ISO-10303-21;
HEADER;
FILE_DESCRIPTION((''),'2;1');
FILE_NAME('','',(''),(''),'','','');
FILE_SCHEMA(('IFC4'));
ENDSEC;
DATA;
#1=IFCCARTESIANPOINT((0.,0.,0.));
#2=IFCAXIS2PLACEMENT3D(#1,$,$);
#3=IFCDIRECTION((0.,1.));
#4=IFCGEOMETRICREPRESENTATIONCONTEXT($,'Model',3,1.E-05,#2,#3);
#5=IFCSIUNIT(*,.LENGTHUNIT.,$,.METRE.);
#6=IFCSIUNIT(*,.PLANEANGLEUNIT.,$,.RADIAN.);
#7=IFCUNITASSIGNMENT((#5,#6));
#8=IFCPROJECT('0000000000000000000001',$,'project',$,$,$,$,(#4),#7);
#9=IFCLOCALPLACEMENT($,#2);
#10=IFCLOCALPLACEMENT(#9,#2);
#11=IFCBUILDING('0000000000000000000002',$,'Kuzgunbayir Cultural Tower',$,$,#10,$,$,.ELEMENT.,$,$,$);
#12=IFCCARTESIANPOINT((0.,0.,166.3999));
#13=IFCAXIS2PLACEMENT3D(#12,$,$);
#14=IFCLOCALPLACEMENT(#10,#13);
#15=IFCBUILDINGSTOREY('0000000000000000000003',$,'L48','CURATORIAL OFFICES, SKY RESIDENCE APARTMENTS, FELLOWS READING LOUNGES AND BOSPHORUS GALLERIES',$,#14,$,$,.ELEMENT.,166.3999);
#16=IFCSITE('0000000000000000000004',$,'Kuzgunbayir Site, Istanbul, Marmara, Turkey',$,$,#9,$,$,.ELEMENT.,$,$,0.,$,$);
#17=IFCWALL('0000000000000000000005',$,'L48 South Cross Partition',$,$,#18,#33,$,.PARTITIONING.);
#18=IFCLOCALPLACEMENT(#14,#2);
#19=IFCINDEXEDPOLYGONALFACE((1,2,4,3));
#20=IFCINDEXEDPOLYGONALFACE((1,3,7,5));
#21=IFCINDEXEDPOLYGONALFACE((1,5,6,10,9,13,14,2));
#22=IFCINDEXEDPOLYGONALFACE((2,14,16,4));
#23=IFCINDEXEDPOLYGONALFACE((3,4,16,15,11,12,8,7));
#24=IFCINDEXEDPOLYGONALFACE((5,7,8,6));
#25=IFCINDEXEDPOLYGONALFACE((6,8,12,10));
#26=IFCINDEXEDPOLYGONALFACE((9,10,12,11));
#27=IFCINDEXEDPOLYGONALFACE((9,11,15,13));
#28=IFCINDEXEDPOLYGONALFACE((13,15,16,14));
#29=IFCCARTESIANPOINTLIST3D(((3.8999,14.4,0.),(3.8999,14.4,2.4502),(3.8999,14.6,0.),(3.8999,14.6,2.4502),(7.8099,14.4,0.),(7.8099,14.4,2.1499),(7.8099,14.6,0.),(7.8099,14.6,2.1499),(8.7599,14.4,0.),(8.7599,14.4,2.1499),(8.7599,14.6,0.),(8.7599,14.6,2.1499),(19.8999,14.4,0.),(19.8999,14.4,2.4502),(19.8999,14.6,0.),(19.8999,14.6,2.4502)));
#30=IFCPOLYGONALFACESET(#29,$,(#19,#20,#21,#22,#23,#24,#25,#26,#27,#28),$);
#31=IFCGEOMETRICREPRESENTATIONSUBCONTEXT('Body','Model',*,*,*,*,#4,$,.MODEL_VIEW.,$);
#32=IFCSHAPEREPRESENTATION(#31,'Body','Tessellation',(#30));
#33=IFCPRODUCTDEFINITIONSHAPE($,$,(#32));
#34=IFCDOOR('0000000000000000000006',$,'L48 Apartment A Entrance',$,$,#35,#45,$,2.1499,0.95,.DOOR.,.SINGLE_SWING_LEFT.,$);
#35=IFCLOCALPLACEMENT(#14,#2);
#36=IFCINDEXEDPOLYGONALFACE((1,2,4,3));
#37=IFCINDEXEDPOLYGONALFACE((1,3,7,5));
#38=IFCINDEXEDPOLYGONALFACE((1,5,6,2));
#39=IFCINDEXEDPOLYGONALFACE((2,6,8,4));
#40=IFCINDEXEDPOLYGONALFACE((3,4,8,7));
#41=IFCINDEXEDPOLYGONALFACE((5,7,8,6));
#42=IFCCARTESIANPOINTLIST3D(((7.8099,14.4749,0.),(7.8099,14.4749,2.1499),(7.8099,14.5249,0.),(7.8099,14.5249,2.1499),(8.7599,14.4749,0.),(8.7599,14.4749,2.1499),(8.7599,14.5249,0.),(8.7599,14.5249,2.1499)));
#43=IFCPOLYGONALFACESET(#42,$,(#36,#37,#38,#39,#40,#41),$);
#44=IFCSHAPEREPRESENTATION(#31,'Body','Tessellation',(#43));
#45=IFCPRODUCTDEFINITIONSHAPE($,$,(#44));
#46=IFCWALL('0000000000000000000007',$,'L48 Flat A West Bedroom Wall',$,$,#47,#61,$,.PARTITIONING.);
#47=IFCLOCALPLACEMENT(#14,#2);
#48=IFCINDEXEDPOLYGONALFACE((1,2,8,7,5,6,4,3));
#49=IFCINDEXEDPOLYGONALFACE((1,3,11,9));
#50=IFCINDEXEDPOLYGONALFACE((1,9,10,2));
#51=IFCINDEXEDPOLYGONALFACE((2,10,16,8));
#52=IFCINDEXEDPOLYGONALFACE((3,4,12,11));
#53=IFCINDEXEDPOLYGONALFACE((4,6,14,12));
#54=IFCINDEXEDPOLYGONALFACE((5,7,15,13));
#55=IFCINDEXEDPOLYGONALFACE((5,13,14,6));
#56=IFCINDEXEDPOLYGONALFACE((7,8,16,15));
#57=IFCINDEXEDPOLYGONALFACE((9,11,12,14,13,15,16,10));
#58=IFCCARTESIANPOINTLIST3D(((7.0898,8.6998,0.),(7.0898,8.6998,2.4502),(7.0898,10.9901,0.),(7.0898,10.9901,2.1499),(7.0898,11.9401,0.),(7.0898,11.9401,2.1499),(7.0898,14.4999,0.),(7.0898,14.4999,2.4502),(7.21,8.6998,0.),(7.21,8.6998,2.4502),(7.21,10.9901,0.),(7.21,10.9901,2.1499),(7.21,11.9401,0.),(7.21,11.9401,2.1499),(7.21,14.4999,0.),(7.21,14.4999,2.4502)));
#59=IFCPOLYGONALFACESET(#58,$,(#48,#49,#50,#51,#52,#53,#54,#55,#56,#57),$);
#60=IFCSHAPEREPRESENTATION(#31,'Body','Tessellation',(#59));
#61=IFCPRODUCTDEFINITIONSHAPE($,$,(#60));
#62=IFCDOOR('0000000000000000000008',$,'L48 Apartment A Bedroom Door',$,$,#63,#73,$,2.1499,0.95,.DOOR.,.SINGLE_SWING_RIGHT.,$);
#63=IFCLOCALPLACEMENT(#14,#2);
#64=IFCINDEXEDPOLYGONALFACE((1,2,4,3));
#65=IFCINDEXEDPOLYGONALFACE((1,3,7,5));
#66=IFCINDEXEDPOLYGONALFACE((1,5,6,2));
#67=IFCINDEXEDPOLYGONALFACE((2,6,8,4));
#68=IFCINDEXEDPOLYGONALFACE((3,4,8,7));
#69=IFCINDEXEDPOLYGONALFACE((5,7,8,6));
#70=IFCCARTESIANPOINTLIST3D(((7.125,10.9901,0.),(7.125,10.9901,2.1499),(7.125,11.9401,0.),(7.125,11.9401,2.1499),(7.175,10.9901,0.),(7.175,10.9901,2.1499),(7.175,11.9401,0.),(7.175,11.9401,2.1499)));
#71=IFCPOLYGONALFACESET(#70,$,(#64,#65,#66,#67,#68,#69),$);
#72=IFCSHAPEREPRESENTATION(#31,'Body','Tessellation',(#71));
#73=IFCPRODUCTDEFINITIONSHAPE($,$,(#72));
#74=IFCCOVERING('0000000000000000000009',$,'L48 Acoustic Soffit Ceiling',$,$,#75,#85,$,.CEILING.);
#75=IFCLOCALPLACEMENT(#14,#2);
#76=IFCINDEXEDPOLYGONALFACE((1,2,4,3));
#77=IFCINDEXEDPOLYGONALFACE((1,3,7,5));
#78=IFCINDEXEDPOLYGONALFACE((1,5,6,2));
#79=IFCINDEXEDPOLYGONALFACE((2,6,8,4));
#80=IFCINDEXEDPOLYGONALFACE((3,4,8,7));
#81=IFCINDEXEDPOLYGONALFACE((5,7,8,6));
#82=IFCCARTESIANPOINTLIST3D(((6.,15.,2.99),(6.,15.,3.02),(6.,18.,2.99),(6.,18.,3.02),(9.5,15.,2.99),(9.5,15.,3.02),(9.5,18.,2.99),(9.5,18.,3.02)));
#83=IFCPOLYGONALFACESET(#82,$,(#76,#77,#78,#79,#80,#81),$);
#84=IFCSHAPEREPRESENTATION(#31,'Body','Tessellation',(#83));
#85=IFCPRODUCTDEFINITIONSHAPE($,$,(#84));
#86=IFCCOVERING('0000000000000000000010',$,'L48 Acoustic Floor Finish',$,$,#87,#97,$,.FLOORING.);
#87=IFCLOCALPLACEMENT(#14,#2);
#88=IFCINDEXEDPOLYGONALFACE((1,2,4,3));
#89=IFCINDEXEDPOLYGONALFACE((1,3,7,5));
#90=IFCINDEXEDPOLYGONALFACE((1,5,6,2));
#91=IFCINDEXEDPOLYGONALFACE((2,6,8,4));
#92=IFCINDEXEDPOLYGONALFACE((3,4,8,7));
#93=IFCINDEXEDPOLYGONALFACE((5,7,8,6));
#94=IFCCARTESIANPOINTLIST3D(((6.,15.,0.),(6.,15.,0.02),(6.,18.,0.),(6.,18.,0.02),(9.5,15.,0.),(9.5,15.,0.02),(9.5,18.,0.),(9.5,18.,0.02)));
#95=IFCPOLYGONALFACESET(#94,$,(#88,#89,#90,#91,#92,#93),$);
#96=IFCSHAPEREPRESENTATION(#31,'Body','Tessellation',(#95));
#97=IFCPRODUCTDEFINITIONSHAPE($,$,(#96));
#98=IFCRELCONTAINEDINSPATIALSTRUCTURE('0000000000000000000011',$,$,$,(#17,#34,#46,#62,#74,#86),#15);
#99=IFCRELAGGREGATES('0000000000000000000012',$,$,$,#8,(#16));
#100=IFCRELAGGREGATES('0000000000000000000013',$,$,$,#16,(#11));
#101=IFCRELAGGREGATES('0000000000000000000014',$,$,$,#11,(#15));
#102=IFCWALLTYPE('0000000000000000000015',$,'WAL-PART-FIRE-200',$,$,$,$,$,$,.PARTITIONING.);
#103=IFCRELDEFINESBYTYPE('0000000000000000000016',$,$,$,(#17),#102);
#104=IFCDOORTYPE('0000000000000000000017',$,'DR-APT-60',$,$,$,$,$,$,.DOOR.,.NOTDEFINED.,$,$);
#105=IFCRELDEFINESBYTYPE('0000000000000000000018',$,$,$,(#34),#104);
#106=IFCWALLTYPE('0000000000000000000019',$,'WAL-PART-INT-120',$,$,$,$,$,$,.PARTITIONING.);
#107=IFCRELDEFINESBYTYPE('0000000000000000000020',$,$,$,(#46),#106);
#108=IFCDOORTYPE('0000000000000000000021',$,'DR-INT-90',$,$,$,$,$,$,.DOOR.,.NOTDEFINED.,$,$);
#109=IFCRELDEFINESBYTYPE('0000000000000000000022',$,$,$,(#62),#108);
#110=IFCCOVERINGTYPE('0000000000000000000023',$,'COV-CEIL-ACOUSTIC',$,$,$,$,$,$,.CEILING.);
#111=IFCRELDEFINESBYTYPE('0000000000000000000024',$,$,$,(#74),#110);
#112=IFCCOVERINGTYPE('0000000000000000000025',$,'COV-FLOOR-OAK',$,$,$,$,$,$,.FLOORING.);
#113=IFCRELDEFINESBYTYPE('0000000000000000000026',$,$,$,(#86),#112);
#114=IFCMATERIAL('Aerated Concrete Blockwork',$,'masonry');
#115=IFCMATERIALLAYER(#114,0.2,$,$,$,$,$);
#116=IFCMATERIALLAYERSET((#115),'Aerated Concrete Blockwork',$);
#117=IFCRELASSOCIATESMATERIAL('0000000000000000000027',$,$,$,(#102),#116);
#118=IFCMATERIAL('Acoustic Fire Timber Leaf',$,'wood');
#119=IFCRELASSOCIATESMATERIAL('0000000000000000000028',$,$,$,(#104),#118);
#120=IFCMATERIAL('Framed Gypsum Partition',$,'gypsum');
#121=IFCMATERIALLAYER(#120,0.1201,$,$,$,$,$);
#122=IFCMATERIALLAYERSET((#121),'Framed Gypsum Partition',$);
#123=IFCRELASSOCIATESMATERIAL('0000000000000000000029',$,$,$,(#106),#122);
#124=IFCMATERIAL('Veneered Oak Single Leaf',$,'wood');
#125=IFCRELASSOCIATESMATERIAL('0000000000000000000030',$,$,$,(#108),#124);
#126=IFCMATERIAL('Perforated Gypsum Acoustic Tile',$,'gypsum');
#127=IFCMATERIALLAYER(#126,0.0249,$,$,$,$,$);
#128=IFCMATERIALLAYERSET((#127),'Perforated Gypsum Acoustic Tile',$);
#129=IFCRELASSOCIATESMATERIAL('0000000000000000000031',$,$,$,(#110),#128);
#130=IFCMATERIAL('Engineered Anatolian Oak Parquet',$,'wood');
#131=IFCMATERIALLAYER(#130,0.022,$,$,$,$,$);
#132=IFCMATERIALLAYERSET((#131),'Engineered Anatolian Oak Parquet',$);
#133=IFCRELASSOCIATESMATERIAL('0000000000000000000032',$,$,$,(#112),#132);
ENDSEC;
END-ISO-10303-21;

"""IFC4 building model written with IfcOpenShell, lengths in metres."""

from ifc_helpers import new_model, si_unit, direction, frame, frame_2d, origin, place, context, subcontext, project, spatial, polyline, rectangle, outline, extrude, material, layer, layer_set, type_object, element, fill, save


model = new_model("IFC4")

# Units and contexts
model_context = context("Model", 3, precision=1e-05, world=origin(), true_north=direction((0.0, 1.0)))
body_context = subcontext(model_context, "Body", "Model", "MODEL_VIEW")
ifc_project = project(units=[si_unit("LENGTHUNIT", "METRE"), si_unit("PLANEANGLEUNIT", "RADIAN")], contexts=[model_context])

# Site, building, storey
site_placement = place(None, origin())
site = spatial("IfcSite", under=ifc_project, at=site_placement, Name="Kuzgunbayir Site, Istanbul, Marmara, Turkey", CompositionType="ELEMENT", RefElevation=0.0)
building_placement = place(site_placement, origin())
building = spatial("IfcBuilding", under=site, at=building_placement, Name="Kuzgunbayir Cultural Tower", CompositionType="ELEMENT")
storey_placement = place(building_placement, frame((0.0, 0.0, 166.3999)))
storey = spatial("IfcBuildingStorey", under=building, at=storey_placement, Name="L48", Description="CURATORIAL OFFICES, SKY RESIDENCE APARTMENTS, FELLOWS READING LOUNGES AND BOSPHORUS GALLERIES", CompositionType="ELEMENT", Elevation=166.3999)

# Walls, openings, doors
ifc_material_1 = material(Name="Aerated Concrete Blockwork", Category="masonry")
ifc_layer_1 = layer(ifc_material_1, 0.2)
ifc_layer_set_1 = layer_set([ifc_layer_1], Name="Aerated Concrete Blockwork")
wall_type_1 = type_object("IfcWallType", Name="WAL-PART-FIRE-200", PredefinedType="PARTITIONING", material=ifc_layer_set_1)
wall_1_placement = place(storey_placement, frame((3.8999, 14.5, 0.0), z_axis=(0.0, 0.0, 1.0), x_axis=(1.0, 0.0, 0.0)))
wall_1 = element("IfcWall", 1, at=wall_1_placement, inside=storey, type_object=wall_type_1, Name="L48 South Cross Partition", PredefinedType="PARTITIONING", context=body_context, shape_type="SweptSolid", body=[
    extrude(rectangle(XDim=16.0, YDim=0.2, at=frame_2d((8.0, 0.0))), origin(), (0.0, 0.0, 1.0), 2.4502),
])
opening_1_placement = place(wall_1_placement, frame((3.9099, 0.0, 0.0)))
opening_1 = element("IfcOpeningElement", 2, at=opening_1_placement, cuts=wall_1, PredefinedType="OPENING", context=body_context, shape_type="SweptSolid", body=[
    extrude(rectangle(XDim=0.95, YDim=2.1499, at=frame_2d((0.4751, 1.075))), frame((0.0, 0.1099, 0.0), z_axis=(0.0, -1.0, 0.0), x_axis=(1.0, 0.0, 0.0)), (0.0, 0.0, 1.0), 0.22),
])
ifc_material_2 = material(Name="Acoustic Fire Timber Leaf", Category="wood")
door_type_1 = type_object("IfcDoorType", Name="DR-APT-60", OperationType="NOTDEFINED", PredefinedType="DOOR", material=ifc_material_2)
door_1_placement = place(opening_1_placement, origin())
door_1 = element("IfcDoor", 3, at=door_1_placement, inside=storey, type_object=door_type_1, Name="L48 Apartment A Entrance", OperationType="SINGLE_SWING_LEFT", OverallHeight=2.1499, OverallWidth=0.95, PredefinedType="DOOR", context=body_context, shape_type="SweptSolid", body=[
    extrude(rectangle(XDim=0.95, YDim=2.1499, at=frame_2d((0.4751, 1.075))), frame((0.0, 0.0249, 0.0), z_axis=(0.0, -1.0, 0.0), x_axis=(1.0, 0.0, 0.0)), (0.0, 0.0, 1.0), 0.05),
])
fill(opening_1, door_1)
ifc_material_3 = material(Name="Framed Gypsum Partition", Category="gypsum")
ifc_layer_2 = layer(ifc_material_3, 0.1201)
ifc_layer_set_2 = layer_set([ifc_layer_2], Name="Framed Gypsum Partition")
wall_type_2 = type_object("IfcWallType", Name="WAL-PART-INT-120", PredefinedType="PARTITIONING", material=ifc_layer_set_2)
wall_2_placement = place(storey_placement, frame((7.1499, 8.7, 0.0), z_axis=(0.0, 0.0, 1.0), x_axis=(0.0, 1.0, 0.0)))
wall_2 = element("IfcWall", 4, at=wall_2_placement, inside=storey, type_object=wall_type_2, Name="L48 Flat A West Bedroom Wall", PredefinedType="PARTITIONING", context=body_context, shape_type="SweptSolid", body=[
    extrude(rectangle(XDim=5.8, YDim=0.1201, at=frame_2d((2.8999, 0.0))), origin(), (0.0, 0.0, 1.0), 2.4502),
])
opening_2_placement = place(wall_2_placement, frame((2.29, 0.0, 0.0)))
opening_2 = element("IfcOpeningElement", 5, at=opening_2_placement, cuts=wall_2, PredefinedType="OPENING", context=body_context, shape_type="SweptSolid", body=[
    extrude(rectangle(XDim=0.95, YDim=2.1499, at=frame_2d((0.4751, 1.075))), frame((0.0, 0.0701, 0.0), z_axis=(0.0, -1.0, 0.0), x_axis=(1.0, 0.0, 0.0)), (0.0, 0.0, 1.0), 0.1401),
])
ifc_material_4 = material(Name="Veneered Oak Single Leaf", Category="wood")
door_type_2 = type_object("IfcDoorType", Name="DR-INT-90", OperationType="NOTDEFINED", PredefinedType="DOOR", material=ifc_material_4)
door_2_placement = place(opening_2_placement, origin())
door_2 = element("IfcDoor", 6, at=door_2_placement, inside=storey, type_object=door_type_2, Name="L48 Apartment A Bedroom Door", OperationType="SINGLE_SWING_RIGHT", OverallHeight=2.1499, OverallWidth=0.95, PredefinedType="DOOR", context=body_context, shape_type="SweptSolid", body=[
    extrude(rectangle(XDim=0.95, YDim=2.1499, at=frame_2d((0.4751, 1.075))), frame((0.0, 0.0249, 0.0), z_axis=(0.0, -1.0, 0.0), x_axis=(1.0, 0.0, 0.0)), (0.0, 0.0, 1.0), 0.05),
])
fill(opening_2, door_2)

# Coverings
ifc_material_5 = material(Name="Perforated Gypsum Acoustic Tile", Category="gypsum")
ifc_layer_3 = layer(ifc_material_5, 0.0249)
ifc_layer_set_3 = layer_set([ifc_layer_3], Name="Perforated Gypsum Acoustic Tile")
covering_type_1 = type_object("IfcCoveringType", Name="COV-CEIL-ACOUSTIC", PredefinedType="CEILING", material=ifc_layer_set_3)
covering_1_placement = place(storey_placement, frame((0.0, 0.0, 2.99)))
element("IfcCovering", 7, at=covering_1_placement, inside=storey, type_object=covering_type_1, Name="L48 Acoustic Soffit Ceiling", PredefinedType="CEILING", context=body_context, shape_type="SweptSolid", body=[
    extrude(outline(polyline([(6.0, 15.0), (9.5, 15.0), (9.5, 18.0), (6.0, 18.0), (6.0, 15.0)])), origin(), (0.0, 0.0, 1.0), 0.03),
])
ifc_material_6 = material(Name="Engineered Anatolian Oak Parquet", Category="wood")
ifc_layer_4 = layer(ifc_material_6, 0.022)
ifc_layer_set_4 = layer_set([ifc_layer_4], Name="Engineered Anatolian Oak Parquet")
covering_type_2 = type_object("IfcCoveringType", Name="COV-FLOOR-OAK", PredefinedType="FLOORING", material=ifc_layer_set_4)
covering_2_placement = place(storey_placement, origin())
element("IfcCovering", 8, at=covering_2_placement, inside=storey, type_object=covering_type_2, Name="L48 Acoustic Floor Finish", PredefinedType="FLOORING", context=body_context, shape_type="SweptSolid", body=[
    extrude(outline(polyline([(6.0, 15.0), (9.5, 15.0), (9.5, 18.0), (6.0, 18.0), (6.0, 15.0)])), origin(), (0.0, 0.0, 1.0), 0.02),
])

save(model, "model.ifc")
